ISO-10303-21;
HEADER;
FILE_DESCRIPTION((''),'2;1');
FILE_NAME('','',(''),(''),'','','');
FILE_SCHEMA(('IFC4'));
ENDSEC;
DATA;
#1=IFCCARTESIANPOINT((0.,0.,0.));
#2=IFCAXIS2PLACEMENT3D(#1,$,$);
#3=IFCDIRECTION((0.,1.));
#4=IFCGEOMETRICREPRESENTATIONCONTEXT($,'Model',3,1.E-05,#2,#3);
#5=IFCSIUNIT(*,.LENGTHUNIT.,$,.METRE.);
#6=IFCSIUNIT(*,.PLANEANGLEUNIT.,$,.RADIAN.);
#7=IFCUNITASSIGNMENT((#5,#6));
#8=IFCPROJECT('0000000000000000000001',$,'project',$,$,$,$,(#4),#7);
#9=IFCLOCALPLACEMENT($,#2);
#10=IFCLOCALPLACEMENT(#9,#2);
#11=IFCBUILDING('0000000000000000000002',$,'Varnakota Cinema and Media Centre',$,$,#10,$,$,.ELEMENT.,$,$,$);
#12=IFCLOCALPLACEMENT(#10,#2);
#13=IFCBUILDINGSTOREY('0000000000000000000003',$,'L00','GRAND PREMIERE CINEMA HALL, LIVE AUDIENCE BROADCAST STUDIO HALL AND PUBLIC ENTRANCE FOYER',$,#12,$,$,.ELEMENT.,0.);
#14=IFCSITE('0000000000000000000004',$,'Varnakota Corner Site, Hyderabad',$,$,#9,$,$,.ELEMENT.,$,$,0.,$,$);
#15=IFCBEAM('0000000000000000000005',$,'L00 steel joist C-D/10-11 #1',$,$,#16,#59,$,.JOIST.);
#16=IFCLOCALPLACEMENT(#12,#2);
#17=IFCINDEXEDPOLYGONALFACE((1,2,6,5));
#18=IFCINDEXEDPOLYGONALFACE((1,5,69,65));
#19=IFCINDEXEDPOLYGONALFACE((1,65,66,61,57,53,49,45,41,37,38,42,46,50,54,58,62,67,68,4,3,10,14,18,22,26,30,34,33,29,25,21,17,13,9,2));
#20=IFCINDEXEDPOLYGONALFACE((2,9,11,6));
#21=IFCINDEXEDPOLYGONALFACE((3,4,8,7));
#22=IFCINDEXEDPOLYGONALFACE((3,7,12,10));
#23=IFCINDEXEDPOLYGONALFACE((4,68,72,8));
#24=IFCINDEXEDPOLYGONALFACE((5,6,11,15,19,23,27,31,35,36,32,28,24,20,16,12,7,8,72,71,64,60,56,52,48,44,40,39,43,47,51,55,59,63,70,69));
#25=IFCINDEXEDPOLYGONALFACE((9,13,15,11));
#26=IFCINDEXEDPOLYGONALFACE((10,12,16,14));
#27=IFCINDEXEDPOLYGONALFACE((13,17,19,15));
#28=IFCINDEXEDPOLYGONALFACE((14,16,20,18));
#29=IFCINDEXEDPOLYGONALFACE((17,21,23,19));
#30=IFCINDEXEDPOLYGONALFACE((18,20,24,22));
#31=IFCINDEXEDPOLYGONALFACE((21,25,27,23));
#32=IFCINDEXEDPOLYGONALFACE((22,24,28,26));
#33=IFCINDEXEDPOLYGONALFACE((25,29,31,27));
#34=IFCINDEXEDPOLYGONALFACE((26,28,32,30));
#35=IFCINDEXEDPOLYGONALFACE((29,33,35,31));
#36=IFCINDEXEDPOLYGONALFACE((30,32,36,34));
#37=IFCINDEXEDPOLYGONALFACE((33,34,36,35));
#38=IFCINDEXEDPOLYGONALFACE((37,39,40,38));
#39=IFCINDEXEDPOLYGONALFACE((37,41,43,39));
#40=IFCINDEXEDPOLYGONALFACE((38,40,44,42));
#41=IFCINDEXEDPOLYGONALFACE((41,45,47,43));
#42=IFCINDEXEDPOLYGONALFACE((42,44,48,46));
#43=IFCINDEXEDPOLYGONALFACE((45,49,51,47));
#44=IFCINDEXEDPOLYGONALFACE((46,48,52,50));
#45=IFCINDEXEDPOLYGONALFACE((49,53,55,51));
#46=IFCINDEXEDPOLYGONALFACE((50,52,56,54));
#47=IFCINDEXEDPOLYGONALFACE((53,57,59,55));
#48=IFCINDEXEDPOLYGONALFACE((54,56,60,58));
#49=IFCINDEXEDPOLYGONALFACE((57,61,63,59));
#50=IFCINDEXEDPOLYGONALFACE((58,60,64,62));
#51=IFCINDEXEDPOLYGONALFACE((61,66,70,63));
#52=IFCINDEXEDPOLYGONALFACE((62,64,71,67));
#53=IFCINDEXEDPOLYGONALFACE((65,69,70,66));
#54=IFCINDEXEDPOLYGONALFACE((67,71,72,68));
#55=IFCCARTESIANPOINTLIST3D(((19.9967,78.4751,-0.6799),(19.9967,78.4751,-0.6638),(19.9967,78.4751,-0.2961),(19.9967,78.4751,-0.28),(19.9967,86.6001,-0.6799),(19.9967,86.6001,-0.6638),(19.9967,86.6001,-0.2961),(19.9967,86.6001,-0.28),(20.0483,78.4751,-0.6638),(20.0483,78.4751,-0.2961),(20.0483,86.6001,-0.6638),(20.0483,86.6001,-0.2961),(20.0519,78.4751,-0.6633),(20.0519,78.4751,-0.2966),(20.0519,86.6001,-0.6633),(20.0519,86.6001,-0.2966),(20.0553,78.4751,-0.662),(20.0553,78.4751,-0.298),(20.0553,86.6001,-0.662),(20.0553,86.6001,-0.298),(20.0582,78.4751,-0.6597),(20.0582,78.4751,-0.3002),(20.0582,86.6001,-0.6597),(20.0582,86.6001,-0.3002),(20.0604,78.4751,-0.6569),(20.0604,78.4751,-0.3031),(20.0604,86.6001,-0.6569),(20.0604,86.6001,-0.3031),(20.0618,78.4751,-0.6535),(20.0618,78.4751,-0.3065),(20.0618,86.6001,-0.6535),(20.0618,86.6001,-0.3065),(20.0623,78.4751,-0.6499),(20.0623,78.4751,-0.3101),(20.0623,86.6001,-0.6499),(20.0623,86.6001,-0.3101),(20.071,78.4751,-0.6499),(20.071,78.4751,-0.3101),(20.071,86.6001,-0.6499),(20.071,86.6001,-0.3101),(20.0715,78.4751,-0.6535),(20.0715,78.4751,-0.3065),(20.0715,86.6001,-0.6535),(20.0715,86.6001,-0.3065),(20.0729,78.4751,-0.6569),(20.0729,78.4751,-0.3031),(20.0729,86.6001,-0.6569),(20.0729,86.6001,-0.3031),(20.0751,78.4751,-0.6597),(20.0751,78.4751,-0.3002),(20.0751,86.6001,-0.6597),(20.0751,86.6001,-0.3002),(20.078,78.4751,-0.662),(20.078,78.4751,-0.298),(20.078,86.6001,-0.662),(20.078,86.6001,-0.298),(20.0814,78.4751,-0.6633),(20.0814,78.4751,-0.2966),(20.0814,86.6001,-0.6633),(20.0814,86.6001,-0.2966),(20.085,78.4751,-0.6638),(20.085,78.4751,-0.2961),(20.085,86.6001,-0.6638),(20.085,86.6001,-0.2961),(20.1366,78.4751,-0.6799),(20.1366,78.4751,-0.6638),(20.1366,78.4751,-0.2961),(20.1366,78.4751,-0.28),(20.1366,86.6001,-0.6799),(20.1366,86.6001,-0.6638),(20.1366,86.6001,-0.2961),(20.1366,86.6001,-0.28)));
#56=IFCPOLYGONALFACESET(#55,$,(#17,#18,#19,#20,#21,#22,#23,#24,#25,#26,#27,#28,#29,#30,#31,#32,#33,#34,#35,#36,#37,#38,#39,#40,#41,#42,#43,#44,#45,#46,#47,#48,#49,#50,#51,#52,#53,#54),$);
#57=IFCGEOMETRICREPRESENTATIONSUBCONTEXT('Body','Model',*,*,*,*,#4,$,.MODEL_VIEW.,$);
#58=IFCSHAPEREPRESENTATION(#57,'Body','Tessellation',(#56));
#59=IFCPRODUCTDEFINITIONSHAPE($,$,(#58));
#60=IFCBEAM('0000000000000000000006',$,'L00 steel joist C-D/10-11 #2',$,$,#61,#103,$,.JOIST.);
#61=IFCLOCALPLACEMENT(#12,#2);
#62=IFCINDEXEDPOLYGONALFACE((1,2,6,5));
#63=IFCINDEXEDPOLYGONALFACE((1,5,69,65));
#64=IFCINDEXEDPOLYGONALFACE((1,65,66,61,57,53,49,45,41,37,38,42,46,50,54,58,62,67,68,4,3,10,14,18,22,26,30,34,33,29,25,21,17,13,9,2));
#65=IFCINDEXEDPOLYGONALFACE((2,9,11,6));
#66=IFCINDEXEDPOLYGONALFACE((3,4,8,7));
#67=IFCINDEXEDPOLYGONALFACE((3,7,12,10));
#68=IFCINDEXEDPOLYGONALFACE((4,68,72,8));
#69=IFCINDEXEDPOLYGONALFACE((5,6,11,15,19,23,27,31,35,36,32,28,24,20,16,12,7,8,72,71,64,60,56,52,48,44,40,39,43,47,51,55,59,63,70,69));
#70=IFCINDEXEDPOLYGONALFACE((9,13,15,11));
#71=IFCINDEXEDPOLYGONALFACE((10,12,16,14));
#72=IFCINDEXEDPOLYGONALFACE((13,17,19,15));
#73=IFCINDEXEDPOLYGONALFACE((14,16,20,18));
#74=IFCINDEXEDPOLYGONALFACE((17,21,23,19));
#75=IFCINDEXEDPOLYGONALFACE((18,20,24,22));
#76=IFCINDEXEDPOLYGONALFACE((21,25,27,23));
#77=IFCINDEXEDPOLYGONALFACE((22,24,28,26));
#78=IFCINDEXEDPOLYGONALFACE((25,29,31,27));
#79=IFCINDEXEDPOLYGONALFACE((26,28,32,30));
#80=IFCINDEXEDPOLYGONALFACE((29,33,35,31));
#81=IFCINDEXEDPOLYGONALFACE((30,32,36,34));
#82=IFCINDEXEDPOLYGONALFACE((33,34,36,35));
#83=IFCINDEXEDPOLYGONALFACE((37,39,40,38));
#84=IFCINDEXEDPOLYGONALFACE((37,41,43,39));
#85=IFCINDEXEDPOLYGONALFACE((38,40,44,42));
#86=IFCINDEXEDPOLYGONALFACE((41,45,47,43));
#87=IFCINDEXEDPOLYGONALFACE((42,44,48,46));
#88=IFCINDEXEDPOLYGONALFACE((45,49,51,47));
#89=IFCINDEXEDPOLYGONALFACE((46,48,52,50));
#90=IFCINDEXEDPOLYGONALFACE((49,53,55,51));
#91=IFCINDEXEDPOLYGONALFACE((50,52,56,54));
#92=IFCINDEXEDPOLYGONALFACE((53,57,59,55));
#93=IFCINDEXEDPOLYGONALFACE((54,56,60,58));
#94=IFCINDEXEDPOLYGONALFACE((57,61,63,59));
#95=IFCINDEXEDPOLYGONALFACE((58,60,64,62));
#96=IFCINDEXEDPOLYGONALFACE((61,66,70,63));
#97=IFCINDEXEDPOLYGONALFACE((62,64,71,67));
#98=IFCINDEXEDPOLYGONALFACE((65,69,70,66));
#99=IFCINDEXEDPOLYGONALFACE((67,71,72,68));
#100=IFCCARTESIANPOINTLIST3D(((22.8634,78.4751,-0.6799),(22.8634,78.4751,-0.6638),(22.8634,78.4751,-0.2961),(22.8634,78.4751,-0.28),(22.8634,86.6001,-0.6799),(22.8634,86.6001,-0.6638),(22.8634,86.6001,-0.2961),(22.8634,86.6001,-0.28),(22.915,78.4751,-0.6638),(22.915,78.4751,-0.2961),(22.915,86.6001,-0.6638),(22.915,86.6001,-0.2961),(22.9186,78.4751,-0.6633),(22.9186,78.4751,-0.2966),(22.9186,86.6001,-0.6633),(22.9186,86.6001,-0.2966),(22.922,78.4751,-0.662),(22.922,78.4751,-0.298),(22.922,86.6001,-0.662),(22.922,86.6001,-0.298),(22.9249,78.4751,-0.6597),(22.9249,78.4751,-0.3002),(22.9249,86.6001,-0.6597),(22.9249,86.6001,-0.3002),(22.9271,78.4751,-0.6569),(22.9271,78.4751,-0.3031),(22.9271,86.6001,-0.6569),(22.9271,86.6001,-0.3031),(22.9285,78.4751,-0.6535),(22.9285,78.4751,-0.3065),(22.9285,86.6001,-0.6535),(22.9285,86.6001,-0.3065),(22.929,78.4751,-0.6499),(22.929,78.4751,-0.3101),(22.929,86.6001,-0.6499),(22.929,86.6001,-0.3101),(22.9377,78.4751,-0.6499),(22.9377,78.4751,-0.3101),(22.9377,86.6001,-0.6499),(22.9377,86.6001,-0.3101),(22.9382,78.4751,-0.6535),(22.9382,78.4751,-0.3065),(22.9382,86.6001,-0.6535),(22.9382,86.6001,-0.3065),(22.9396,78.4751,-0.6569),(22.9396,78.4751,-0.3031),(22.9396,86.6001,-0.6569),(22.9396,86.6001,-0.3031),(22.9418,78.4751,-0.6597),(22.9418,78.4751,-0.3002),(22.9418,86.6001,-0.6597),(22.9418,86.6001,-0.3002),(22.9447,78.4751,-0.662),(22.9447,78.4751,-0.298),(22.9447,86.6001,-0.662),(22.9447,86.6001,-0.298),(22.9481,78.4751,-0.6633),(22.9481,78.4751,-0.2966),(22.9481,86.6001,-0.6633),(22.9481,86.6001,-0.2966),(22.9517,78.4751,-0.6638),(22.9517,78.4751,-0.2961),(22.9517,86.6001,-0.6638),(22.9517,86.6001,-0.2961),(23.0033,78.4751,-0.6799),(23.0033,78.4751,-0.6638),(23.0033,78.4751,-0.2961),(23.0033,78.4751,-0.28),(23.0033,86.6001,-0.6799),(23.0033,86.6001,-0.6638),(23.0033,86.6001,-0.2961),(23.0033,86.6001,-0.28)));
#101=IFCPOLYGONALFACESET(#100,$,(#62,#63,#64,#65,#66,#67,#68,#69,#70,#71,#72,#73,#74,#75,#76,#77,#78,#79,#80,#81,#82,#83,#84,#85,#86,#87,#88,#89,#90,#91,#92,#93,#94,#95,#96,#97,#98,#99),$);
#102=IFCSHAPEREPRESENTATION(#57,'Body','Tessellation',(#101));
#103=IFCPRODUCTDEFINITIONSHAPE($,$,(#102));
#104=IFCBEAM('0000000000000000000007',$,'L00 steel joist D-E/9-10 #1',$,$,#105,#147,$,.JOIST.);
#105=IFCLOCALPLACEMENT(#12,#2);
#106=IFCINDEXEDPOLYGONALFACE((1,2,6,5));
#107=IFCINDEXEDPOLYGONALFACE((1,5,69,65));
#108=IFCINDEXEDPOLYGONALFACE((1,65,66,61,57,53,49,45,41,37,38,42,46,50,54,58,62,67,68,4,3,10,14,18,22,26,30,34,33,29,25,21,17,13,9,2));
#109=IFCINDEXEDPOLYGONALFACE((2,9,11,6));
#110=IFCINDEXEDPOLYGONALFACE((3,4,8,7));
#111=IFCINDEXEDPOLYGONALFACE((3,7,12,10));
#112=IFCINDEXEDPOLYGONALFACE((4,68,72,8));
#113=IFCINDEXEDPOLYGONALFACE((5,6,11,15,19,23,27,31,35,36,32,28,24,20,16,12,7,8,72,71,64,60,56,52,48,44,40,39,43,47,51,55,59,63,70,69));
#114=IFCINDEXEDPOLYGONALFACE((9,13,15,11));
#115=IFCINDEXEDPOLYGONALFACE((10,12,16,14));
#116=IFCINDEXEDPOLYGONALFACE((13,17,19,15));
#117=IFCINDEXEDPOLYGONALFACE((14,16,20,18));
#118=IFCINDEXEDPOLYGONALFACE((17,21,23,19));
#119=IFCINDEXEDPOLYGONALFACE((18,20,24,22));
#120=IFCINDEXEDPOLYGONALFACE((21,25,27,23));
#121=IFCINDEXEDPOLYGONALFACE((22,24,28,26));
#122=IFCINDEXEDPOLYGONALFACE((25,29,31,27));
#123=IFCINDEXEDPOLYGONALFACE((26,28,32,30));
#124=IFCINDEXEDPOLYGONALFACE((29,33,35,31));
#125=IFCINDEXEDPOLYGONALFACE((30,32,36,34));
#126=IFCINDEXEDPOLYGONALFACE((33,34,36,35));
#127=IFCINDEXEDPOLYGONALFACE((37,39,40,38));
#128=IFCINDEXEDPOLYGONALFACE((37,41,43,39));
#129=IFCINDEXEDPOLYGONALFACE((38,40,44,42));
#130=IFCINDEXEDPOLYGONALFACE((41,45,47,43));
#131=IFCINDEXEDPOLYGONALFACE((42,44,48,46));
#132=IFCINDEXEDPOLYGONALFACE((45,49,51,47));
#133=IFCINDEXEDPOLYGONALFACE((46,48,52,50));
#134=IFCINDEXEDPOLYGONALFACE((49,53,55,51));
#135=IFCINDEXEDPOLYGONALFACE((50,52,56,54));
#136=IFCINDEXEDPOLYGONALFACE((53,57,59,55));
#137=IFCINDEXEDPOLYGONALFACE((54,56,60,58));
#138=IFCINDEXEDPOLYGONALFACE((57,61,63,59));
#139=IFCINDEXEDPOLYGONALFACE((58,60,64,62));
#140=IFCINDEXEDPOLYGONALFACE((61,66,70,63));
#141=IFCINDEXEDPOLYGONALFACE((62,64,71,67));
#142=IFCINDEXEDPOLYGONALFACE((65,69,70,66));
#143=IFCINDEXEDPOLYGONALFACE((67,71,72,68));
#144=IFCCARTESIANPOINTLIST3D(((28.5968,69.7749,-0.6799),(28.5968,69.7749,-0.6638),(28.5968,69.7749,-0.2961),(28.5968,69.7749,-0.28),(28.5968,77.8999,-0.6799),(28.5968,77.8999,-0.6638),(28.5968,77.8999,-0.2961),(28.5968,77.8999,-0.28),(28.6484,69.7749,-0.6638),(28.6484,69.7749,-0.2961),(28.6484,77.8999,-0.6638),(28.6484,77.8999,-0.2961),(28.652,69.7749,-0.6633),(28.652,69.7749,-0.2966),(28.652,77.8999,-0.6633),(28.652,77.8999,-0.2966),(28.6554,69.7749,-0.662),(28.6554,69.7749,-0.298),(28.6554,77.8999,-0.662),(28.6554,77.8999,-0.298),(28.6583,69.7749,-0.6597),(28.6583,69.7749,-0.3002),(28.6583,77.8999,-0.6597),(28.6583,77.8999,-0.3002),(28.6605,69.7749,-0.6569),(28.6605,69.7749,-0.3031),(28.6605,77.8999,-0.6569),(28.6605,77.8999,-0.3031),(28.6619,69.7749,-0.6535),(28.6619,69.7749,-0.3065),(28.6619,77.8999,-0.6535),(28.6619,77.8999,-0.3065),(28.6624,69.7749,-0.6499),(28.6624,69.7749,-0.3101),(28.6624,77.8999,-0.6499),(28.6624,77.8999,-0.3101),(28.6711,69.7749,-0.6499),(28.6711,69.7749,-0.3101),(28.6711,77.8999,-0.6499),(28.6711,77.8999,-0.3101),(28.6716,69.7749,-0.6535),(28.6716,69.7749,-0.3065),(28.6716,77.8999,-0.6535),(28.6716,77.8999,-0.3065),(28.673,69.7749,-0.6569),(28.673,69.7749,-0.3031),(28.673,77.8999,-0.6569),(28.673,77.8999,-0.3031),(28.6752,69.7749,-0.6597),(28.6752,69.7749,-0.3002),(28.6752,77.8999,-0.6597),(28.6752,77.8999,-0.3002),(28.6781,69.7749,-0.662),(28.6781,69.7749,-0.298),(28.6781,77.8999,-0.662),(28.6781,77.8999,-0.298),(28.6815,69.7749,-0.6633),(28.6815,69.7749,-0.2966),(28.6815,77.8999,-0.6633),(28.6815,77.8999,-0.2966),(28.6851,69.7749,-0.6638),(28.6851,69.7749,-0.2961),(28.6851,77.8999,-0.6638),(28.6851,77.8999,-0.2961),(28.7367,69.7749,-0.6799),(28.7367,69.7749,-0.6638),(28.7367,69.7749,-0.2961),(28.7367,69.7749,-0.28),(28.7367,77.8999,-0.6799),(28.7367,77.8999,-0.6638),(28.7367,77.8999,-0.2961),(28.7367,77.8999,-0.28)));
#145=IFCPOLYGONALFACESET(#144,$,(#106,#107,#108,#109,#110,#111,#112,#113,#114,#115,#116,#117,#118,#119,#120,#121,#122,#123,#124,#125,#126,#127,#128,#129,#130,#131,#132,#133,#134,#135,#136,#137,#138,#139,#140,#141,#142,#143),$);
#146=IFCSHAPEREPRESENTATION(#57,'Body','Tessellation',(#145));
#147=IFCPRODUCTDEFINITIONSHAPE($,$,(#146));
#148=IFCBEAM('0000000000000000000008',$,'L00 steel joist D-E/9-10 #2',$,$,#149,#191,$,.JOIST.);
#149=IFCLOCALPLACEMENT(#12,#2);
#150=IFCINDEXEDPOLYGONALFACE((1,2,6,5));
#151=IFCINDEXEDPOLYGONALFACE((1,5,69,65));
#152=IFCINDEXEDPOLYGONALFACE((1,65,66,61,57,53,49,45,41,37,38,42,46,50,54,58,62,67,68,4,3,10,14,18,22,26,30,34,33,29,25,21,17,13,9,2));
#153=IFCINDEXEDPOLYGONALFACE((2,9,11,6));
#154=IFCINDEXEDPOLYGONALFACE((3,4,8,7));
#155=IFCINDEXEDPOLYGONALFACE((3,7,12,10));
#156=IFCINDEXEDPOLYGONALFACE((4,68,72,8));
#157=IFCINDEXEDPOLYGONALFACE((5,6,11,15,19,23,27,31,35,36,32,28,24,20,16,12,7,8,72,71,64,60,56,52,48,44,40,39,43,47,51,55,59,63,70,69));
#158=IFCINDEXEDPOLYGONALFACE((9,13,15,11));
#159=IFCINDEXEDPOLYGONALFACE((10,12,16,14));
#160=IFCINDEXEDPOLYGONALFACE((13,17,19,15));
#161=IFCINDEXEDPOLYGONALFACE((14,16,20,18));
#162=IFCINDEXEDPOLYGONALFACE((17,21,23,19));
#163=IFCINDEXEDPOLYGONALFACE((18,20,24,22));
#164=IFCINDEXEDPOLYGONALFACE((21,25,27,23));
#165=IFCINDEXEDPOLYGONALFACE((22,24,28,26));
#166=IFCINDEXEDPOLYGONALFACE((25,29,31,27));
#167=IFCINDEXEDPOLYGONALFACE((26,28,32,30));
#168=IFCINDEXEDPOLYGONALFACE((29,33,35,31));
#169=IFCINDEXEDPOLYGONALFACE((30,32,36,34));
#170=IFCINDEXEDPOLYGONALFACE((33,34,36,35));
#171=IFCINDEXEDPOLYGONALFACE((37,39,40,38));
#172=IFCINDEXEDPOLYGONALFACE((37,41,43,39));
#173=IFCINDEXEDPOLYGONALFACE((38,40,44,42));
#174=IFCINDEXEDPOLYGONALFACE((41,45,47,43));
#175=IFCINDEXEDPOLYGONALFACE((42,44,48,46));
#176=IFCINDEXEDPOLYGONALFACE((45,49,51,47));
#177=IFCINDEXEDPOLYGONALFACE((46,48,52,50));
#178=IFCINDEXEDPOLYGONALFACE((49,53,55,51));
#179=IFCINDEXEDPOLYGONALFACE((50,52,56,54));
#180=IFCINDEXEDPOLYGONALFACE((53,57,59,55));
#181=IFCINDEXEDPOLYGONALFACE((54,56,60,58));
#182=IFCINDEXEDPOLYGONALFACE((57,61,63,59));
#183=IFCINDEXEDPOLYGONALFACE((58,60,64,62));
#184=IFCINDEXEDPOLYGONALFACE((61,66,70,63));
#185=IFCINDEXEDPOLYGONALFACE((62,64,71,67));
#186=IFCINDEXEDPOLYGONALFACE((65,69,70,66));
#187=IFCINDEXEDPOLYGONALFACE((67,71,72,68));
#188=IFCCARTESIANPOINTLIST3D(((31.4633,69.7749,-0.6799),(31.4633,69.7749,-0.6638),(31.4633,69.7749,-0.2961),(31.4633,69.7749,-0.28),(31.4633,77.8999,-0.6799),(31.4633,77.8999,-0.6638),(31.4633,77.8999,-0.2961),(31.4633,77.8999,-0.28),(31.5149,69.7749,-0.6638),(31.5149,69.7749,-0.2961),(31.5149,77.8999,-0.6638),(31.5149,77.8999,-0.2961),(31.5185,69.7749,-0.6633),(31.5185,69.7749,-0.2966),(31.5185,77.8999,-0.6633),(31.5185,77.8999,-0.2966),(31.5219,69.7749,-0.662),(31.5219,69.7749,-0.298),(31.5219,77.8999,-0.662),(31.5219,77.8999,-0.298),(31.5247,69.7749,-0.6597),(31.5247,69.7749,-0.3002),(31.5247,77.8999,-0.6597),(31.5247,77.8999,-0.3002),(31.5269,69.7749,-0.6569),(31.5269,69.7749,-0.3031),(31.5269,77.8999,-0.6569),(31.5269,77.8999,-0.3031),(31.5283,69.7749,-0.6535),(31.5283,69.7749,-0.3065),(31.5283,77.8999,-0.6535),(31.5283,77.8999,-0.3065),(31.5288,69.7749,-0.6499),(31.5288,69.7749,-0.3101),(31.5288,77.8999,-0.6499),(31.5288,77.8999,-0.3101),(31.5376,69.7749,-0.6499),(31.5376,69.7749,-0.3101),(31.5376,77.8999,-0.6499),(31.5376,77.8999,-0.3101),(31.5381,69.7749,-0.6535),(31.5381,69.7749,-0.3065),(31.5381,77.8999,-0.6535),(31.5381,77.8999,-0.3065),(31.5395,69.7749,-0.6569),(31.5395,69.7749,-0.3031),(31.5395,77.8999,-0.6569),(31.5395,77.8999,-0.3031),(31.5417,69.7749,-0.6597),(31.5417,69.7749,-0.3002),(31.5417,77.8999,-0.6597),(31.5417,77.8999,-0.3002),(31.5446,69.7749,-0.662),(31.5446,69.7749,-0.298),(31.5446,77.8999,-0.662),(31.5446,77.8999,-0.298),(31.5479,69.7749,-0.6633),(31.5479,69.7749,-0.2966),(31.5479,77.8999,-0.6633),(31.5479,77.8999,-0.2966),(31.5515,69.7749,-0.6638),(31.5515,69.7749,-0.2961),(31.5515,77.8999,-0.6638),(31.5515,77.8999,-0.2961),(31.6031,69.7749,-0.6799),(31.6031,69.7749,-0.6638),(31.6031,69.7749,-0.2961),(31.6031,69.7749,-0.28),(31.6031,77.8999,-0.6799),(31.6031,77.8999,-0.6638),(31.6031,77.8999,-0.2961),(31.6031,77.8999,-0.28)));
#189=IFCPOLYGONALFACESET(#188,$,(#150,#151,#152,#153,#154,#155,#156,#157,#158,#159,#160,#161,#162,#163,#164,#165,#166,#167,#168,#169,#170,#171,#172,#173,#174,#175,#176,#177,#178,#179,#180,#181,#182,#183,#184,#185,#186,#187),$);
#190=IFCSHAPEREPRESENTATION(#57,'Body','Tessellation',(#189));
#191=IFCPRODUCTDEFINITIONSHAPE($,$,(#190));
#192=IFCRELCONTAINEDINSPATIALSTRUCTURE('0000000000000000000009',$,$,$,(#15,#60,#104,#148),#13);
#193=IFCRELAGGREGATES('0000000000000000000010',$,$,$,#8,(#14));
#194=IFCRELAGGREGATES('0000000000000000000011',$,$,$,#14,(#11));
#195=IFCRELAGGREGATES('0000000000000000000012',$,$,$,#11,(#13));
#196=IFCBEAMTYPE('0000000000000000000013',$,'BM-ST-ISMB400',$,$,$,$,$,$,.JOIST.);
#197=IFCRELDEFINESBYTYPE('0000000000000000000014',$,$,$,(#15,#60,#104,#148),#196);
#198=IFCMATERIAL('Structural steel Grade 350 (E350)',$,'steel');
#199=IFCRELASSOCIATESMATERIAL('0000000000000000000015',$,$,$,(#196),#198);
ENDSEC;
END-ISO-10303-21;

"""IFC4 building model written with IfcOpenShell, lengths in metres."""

from ifc_helpers import new_model, si_unit, direction, frame, origin, origin_2d, place, context, subcontext, project, spatial, i_section, extrude, material, material_profile, profile_set, type_object, element, save


model = new_model("IFC4")

# Units and contexts
model_context = context("Model", 3, precision=1e-05, world=origin(), true_north=direction((0.0, 1.0)))
body_context = subcontext(model_context, "Body", "Model", "MODEL_VIEW")
ifc_project = project(units=[si_unit("LENGTHUNIT", "METRE"), si_unit("PLANEANGLEUNIT", "RADIAN")], contexts=[model_context])

# Site, building, storey
site_placement = place(None, origin())
site = spatial("IfcSite", under=ifc_project, at=site_placement, Name="Varnakota Corner Site, Hyderabad", CompositionType="ELEMENT", RefElevation=0.0)
building_placement = place(site_placement, origin())
building = spatial("IfcBuilding", under=site, at=building_placement, Name="Varnakota Cinema and Media Centre", CompositionType="ELEMENT")
storey_placement = place(building_placement, origin())
storey = spatial("IfcBuildingStorey", under=building, at=storey_placement, Name="L00", Description="GRAND PREMIERE CINEMA HALL, LIVE AUDIENCE BROADCAST STUDIO HALL AND PUBLIC ENTRANCE FOYER", CompositionType="ELEMENT", Elevation=0.0)

# Beams
ifc_material_1 = material(Name="Structural steel Grade 350 (E350)", Category="steel")
ifc_material_profile_1 = material_profile(ifc_material_1, i_section(OverallWidth=0.1399, OverallDepth=0.3999, WebThickness=0.0088, FlangeThickness=0.0161, FilletRadius=0.0139, at=origin_2d()), Name="ISMB 400")
ifc_profile_set_1 = profile_set([ifc_material_profile_1], Name="Structural steel Grade 350 (E350)")
beam_type_1 = type_object("IfcBeamType", Name="BM-ST-ISMB400", PredefinedType="JOIST", material=ifc_profile_set_1)
for number, where, z_axis, x_axis, name in (
    (1, (20.0667, 78.4751, -0.48), (0.0, 1.0, 0.0), (-1.0, 0.0, 0.0), "L00 steel joist C-D/10-11 #1"),
    (2, (22.9333, 78.4751, -0.48), (0.0, 1.0, 0.0), (-1.0, 0.0, 0.0), "L00 steel joist C-D/10-11 #2"),
    (3, (28.6667, 69.7749, -0.48), (0.0, 1.0, 0.0), (-1.0, 0.0, 0.0), "L00 steel joist D-E/9-10 #1"),
    (4, (31.5332, 69.7749, -0.48), (0.0, 1.0, 0.0), (-1.0, 0.0, 0.0), "L00 steel joist D-E/9-10 #2"),
):
    element("IfcBeam", number, at=place(storey_placement, frame(where, z_axis=z_axis, x_axis=x_axis)), inside=storey, type_object=beam_type_1, Name=name, PredefinedType="JOIST", context=body_context, shape_type="SweptSolid", body=[
        extrude(i_section(OverallWidth=0.1399, OverallDepth=0.3999, WebThickness=0.0088, FlangeThickness=0.0161, FilletRadius=0.0139, at=origin_2d()), origin(), (0.0, 0.0, 1.0), 8.125),
    ])

save(model, "model.ifc")
